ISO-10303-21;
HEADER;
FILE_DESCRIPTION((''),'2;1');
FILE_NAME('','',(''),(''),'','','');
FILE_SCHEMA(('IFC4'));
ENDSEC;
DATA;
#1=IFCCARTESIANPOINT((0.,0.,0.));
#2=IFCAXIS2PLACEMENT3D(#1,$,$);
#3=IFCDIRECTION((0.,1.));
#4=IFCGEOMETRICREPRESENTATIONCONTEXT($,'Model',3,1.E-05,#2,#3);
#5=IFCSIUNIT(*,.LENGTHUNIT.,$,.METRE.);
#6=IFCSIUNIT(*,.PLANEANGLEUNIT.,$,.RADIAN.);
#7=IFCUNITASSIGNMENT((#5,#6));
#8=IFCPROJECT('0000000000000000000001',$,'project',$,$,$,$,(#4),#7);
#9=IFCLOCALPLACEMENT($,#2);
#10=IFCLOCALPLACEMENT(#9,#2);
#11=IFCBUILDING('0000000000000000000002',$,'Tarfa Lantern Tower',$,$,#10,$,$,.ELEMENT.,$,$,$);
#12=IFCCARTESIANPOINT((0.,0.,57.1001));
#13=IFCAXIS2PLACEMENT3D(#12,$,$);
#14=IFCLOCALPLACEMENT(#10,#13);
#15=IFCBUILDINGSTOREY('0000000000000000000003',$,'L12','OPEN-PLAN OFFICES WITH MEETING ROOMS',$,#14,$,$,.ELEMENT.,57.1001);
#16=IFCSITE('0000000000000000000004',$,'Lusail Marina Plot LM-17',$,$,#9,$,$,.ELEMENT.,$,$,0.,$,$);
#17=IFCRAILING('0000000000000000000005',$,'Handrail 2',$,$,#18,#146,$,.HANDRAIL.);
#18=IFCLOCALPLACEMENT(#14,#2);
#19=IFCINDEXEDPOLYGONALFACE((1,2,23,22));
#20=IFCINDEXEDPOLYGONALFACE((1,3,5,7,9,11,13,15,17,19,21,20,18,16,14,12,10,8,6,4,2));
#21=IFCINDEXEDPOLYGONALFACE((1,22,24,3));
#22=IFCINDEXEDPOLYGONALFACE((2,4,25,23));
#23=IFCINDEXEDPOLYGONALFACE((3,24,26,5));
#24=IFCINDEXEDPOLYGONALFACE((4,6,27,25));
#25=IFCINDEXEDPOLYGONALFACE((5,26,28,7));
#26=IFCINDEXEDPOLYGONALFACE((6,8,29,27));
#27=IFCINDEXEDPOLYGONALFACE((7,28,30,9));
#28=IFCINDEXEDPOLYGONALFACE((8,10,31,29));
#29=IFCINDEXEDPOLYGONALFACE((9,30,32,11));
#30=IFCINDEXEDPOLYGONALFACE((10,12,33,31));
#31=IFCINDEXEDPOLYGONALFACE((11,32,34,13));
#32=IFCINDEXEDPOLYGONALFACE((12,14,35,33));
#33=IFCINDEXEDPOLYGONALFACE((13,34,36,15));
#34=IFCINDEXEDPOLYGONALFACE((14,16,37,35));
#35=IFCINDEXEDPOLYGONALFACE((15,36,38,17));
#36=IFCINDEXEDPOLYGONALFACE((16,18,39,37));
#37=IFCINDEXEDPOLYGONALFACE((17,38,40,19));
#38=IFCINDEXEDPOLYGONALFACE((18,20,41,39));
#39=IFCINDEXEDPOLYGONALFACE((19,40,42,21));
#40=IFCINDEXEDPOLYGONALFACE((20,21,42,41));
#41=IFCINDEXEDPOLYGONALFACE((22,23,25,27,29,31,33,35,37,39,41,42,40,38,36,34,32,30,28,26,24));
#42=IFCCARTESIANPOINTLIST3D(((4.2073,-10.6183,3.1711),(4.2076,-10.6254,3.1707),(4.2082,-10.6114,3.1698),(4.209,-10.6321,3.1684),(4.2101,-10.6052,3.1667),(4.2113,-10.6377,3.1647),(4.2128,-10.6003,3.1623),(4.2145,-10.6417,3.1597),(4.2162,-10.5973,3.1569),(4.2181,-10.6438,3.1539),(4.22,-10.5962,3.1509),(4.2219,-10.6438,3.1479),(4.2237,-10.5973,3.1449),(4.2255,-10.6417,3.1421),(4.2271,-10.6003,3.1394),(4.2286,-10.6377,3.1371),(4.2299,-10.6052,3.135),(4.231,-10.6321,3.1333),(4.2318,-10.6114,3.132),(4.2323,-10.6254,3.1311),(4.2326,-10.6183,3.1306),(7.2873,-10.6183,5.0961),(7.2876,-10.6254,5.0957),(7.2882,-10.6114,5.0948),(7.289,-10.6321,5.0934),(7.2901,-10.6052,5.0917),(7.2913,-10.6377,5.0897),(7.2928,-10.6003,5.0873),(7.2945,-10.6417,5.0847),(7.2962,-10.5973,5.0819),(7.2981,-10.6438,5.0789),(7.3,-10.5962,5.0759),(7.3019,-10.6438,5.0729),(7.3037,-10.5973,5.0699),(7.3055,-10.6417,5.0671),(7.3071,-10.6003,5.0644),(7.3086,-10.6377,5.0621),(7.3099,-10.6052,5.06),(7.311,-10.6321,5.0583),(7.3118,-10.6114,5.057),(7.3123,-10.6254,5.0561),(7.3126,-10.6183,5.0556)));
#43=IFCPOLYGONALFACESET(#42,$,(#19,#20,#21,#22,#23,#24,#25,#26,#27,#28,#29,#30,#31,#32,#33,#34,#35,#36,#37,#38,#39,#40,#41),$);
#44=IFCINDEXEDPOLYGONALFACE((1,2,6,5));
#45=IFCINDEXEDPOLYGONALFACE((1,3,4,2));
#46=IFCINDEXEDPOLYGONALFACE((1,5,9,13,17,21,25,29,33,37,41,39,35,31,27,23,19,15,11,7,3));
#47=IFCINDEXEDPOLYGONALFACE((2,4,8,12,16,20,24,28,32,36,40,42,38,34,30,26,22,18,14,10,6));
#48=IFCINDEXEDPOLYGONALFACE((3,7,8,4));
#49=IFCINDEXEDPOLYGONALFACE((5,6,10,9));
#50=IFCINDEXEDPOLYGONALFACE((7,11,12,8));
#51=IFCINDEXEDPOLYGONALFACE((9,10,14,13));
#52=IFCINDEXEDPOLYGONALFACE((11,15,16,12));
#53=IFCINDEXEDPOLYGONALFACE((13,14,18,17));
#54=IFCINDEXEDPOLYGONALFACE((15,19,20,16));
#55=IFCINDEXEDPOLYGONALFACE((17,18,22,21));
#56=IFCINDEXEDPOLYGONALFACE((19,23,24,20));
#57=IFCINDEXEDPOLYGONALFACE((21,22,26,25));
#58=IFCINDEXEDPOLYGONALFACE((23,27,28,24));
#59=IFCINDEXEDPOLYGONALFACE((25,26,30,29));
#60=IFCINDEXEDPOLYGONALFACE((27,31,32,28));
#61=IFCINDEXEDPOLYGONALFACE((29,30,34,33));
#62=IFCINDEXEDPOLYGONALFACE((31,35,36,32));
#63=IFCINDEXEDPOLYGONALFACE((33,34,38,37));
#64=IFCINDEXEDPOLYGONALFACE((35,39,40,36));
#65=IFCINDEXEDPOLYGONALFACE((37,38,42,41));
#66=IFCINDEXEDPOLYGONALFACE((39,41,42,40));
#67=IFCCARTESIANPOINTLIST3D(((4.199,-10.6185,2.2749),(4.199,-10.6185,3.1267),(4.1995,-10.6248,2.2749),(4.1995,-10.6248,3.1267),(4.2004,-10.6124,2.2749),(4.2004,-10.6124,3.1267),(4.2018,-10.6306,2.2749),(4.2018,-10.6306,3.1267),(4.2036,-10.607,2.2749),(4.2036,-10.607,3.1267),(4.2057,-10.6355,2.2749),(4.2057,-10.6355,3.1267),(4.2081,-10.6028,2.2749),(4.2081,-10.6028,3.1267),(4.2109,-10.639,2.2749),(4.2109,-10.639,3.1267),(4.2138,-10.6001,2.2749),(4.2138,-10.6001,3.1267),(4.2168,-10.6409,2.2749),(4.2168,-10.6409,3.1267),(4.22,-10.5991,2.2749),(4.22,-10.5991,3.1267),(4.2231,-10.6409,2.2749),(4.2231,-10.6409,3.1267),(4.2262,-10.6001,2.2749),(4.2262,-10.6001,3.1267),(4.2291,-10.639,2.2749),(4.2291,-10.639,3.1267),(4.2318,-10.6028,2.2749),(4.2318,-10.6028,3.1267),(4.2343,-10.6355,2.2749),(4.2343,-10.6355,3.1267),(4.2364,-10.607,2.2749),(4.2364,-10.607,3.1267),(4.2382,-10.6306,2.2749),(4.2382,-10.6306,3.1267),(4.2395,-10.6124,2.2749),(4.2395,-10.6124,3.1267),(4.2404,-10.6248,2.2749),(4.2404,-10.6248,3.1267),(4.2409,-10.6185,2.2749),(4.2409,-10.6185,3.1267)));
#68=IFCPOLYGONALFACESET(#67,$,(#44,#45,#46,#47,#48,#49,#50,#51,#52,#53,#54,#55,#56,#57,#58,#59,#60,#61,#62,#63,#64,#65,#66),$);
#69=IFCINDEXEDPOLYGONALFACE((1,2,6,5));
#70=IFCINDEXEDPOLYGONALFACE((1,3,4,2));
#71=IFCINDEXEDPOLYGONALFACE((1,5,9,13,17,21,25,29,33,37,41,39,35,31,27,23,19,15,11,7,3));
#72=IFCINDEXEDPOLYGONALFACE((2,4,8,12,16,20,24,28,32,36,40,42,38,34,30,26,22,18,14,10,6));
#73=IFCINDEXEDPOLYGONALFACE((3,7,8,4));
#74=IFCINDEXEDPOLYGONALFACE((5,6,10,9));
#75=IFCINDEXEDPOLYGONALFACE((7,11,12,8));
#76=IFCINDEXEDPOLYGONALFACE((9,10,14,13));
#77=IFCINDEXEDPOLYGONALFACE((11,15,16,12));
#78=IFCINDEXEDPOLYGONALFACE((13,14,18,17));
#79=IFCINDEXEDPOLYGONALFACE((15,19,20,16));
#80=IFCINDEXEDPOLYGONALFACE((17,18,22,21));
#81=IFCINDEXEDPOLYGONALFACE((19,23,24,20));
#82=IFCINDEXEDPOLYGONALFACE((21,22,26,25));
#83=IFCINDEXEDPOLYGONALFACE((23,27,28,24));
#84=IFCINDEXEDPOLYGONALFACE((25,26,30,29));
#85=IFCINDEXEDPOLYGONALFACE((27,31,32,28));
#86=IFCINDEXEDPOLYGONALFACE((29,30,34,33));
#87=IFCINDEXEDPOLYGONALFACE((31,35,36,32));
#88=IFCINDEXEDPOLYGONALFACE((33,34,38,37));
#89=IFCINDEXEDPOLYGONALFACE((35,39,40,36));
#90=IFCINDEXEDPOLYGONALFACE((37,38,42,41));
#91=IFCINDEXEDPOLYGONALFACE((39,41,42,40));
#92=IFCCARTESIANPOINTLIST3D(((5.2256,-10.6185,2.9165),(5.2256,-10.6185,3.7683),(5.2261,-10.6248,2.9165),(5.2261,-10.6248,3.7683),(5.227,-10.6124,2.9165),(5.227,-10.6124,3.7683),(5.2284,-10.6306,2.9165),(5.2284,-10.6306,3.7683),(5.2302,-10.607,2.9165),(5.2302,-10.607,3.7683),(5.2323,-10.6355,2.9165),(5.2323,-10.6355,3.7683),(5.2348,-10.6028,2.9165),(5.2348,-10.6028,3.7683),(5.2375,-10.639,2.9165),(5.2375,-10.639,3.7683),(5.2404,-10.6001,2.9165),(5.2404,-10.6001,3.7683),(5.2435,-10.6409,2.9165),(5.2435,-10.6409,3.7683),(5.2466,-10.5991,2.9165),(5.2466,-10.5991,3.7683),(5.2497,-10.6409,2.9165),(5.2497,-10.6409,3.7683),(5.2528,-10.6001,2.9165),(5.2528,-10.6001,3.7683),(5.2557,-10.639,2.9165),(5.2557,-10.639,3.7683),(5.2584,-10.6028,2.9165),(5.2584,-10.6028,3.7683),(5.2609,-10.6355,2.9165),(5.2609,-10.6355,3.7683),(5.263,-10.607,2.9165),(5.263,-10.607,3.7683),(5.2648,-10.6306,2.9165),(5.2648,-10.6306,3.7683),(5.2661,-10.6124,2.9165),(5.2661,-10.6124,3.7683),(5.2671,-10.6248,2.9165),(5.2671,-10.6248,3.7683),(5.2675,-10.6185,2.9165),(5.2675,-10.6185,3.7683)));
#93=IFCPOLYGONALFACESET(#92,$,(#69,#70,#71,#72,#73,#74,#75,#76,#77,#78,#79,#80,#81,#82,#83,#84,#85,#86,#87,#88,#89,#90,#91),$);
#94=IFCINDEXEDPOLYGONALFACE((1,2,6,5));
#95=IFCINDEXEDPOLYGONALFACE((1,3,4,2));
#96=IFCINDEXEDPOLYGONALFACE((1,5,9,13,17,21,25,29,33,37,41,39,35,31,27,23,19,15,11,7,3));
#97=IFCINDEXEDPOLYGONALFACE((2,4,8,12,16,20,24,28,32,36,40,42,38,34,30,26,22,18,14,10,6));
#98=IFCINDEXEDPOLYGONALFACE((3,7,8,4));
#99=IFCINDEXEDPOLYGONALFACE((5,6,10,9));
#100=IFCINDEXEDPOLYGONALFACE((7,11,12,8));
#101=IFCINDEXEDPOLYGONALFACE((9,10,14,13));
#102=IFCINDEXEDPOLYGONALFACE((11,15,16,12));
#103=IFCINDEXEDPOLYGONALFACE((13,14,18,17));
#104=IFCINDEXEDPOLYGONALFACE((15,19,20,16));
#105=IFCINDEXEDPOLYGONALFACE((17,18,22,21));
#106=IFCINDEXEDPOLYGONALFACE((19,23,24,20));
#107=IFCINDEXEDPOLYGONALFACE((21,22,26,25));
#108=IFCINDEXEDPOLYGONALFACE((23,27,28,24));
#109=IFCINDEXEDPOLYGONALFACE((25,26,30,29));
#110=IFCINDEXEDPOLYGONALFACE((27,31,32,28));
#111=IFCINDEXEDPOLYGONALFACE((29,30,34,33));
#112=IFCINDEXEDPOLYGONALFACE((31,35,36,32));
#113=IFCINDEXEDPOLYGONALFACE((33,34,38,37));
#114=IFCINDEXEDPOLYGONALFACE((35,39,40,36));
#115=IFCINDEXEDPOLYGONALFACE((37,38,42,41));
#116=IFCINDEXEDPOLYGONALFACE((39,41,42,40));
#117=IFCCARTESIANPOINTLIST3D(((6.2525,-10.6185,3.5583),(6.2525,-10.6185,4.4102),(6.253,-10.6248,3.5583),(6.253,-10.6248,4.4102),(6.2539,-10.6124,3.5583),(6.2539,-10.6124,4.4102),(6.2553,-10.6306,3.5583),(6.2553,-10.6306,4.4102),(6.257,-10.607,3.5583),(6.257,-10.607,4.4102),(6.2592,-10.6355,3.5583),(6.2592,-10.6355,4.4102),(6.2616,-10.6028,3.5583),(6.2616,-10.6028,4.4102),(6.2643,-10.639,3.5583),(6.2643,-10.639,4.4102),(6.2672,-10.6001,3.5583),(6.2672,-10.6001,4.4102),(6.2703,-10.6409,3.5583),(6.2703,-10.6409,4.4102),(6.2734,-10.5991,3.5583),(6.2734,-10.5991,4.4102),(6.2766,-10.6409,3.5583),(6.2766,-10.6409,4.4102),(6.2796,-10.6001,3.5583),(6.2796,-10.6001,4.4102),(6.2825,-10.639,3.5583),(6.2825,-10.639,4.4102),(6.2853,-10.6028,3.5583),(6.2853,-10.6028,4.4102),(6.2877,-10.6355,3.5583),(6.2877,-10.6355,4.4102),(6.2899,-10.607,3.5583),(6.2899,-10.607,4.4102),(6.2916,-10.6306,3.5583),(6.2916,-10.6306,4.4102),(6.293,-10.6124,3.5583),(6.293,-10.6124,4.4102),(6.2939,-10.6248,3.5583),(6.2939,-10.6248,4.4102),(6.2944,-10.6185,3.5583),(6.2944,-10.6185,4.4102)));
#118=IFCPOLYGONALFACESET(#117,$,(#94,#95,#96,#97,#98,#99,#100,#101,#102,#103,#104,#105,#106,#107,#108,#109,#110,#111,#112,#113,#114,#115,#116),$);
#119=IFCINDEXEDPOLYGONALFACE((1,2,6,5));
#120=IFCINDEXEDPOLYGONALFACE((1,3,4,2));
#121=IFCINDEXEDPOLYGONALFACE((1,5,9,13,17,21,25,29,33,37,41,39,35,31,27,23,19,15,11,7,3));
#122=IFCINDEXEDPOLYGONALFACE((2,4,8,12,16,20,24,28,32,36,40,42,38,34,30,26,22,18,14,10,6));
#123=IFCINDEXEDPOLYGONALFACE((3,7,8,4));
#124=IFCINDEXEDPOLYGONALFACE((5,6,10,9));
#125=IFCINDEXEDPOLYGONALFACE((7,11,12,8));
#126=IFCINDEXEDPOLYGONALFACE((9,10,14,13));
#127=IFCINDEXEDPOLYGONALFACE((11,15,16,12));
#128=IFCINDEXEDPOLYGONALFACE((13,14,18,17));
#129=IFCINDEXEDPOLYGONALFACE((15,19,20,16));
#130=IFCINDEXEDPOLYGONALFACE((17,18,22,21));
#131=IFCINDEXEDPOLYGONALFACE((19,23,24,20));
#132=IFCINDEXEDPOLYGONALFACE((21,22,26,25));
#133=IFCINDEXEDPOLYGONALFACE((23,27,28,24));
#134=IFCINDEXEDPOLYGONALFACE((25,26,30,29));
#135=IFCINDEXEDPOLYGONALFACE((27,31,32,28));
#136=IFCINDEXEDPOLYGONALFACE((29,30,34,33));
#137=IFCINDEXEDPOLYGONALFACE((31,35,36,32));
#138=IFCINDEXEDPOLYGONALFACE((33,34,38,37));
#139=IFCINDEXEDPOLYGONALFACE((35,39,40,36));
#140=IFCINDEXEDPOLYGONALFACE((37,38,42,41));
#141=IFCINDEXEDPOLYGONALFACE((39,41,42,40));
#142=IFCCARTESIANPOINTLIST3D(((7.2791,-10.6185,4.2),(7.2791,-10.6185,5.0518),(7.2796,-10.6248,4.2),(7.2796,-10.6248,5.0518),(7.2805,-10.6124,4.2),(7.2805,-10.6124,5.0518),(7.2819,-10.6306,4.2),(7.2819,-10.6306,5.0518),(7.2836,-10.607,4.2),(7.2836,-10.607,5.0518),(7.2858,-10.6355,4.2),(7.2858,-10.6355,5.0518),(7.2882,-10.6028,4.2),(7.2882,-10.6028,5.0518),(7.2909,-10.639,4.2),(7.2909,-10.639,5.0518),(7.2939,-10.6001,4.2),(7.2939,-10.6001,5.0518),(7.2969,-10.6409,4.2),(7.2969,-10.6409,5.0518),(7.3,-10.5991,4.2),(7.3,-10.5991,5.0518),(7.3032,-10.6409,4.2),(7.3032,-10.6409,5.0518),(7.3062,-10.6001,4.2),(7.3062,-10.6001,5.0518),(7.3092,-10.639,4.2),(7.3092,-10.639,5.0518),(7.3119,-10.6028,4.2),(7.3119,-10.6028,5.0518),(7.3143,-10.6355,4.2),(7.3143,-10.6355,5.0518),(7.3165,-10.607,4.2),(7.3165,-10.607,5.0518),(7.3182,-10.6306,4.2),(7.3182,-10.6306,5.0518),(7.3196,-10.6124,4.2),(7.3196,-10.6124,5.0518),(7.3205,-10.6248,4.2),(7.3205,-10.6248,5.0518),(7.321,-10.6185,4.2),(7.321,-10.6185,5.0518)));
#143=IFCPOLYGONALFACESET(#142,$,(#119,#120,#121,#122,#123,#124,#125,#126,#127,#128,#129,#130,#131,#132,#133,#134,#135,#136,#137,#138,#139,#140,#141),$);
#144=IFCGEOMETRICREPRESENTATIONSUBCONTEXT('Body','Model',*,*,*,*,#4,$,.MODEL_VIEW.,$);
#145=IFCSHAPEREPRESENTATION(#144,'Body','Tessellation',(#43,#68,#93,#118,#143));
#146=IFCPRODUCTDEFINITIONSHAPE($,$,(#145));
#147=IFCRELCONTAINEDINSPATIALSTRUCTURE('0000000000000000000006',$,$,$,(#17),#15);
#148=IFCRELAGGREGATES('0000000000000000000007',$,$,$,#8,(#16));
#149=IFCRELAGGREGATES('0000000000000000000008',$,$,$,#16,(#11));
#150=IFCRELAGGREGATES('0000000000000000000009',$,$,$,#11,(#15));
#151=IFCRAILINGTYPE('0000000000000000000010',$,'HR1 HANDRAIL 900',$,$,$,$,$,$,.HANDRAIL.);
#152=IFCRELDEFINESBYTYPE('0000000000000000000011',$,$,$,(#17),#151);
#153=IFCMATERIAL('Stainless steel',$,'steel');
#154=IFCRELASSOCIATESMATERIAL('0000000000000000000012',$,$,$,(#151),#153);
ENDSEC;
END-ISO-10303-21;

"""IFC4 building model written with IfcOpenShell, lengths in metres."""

from ifc_helpers import new_model, si_unit, direction, frame, origin, origin_2d, place, context, subcontext, project, spatial, circle, extrude, material, type_object, element, save


model = new_model("IFC4")

# Units and contexts
model_context = context("Model", 3, precision=1e-05, world=origin(), true_north=direction((0.0, 1.0)))
body_context = subcontext(model_context, "Body", "Model", "MODEL_VIEW")
ifc_project = project(units=[si_unit("LENGTHUNIT", "METRE"), si_unit("PLANEANGLEUNIT", "RADIAN")], contexts=[model_context])

# Site, building, storey
site_placement = place(None, origin())
site = spatial("IfcSite", under=ifc_project, at=site_placement, Name="Lusail Marina Plot LM-17", CompositionType="ELEMENT", RefElevation=0.0)
building_placement = place(site_placement, origin())
building = spatial("IfcBuilding", under=site, at=building_placement, Name="Tarfa Lantern Tower", CompositionType="ELEMENT")
storey_placement = place(building_placement, frame((0.0, 0.0, 57.1001)))
storey = spatial("IfcBuildingStorey", under=building, at=storey_placement, Name="L12", Description="OPEN-PLAN OFFICES WITH MEETING ROOMS", CompositionType="ELEMENT", Elevation=57.1001)

# Railing
ifc_material_1 = material(Name="Stainless steel", Category="steel")
railing_type = type_object("IfcRailingType", Name="HR1 HANDRAIL 900", PredefinedType="HANDRAIL", material=ifc_material_1)
railing_1_placement = place(storey_placement, frame((4.22, -10.6201, 2.2749)))
element("IfcRailing", 1, at=railing_1_placement, inside=storey, type_object=railing_type, Name="Handrail 2", PredefinedType="HANDRAIL", context=body_context, shape_type="SweptSolid", body=[
    extrude(circle(Radius=0.0239, at=origin_2d()), frame((0.0, 0.0, 0.876), z_axis=(0.847998, 0.0, 0.529999), x_axis=(0.0, 1.0, 0.0)), (0.0, 0.0, 1.0), 3.6321),
    extrude(circle(Radius=0.021, at=origin_2d()), frame((0.0, 0.0, 0.0), z_axis=(0.0, 0.0, 1.0), x_axis=(0.0, 1.0, 0.0)), (0.0, 0.0, 1.0), 0.8518),
    extrude(circle(Radius=0.021, at=origin_2d()), frame((1.0266, 0.0, 0.6416), z_axis=(0.0, 0.0, 1.0), x_axis=(0.0, 1.0, 0.0)), (0.0, 0.0, 1.0), 0.8518),
    extrude(circle(Radius=0.021, at=origin_2d()), frame((2.0535, 0.0, 1.2834), z_axis=(0.0, 0.0, 1.0), x_axis=(0.0, 1.0, 0.0)), (0.0, 0.0, 1.0), 0.8518),
    extrude(circle(Radius=0.021, at=origin_2d()), frame((3.0801, 0.0, 1.925), z_axis=(0.0, 0.0, 1.0), x_axis=(0.0, 1.0, 0.0)), (0.0, 0.0, 1.0), 0.8518),
])

save(model, "model.ifc")
